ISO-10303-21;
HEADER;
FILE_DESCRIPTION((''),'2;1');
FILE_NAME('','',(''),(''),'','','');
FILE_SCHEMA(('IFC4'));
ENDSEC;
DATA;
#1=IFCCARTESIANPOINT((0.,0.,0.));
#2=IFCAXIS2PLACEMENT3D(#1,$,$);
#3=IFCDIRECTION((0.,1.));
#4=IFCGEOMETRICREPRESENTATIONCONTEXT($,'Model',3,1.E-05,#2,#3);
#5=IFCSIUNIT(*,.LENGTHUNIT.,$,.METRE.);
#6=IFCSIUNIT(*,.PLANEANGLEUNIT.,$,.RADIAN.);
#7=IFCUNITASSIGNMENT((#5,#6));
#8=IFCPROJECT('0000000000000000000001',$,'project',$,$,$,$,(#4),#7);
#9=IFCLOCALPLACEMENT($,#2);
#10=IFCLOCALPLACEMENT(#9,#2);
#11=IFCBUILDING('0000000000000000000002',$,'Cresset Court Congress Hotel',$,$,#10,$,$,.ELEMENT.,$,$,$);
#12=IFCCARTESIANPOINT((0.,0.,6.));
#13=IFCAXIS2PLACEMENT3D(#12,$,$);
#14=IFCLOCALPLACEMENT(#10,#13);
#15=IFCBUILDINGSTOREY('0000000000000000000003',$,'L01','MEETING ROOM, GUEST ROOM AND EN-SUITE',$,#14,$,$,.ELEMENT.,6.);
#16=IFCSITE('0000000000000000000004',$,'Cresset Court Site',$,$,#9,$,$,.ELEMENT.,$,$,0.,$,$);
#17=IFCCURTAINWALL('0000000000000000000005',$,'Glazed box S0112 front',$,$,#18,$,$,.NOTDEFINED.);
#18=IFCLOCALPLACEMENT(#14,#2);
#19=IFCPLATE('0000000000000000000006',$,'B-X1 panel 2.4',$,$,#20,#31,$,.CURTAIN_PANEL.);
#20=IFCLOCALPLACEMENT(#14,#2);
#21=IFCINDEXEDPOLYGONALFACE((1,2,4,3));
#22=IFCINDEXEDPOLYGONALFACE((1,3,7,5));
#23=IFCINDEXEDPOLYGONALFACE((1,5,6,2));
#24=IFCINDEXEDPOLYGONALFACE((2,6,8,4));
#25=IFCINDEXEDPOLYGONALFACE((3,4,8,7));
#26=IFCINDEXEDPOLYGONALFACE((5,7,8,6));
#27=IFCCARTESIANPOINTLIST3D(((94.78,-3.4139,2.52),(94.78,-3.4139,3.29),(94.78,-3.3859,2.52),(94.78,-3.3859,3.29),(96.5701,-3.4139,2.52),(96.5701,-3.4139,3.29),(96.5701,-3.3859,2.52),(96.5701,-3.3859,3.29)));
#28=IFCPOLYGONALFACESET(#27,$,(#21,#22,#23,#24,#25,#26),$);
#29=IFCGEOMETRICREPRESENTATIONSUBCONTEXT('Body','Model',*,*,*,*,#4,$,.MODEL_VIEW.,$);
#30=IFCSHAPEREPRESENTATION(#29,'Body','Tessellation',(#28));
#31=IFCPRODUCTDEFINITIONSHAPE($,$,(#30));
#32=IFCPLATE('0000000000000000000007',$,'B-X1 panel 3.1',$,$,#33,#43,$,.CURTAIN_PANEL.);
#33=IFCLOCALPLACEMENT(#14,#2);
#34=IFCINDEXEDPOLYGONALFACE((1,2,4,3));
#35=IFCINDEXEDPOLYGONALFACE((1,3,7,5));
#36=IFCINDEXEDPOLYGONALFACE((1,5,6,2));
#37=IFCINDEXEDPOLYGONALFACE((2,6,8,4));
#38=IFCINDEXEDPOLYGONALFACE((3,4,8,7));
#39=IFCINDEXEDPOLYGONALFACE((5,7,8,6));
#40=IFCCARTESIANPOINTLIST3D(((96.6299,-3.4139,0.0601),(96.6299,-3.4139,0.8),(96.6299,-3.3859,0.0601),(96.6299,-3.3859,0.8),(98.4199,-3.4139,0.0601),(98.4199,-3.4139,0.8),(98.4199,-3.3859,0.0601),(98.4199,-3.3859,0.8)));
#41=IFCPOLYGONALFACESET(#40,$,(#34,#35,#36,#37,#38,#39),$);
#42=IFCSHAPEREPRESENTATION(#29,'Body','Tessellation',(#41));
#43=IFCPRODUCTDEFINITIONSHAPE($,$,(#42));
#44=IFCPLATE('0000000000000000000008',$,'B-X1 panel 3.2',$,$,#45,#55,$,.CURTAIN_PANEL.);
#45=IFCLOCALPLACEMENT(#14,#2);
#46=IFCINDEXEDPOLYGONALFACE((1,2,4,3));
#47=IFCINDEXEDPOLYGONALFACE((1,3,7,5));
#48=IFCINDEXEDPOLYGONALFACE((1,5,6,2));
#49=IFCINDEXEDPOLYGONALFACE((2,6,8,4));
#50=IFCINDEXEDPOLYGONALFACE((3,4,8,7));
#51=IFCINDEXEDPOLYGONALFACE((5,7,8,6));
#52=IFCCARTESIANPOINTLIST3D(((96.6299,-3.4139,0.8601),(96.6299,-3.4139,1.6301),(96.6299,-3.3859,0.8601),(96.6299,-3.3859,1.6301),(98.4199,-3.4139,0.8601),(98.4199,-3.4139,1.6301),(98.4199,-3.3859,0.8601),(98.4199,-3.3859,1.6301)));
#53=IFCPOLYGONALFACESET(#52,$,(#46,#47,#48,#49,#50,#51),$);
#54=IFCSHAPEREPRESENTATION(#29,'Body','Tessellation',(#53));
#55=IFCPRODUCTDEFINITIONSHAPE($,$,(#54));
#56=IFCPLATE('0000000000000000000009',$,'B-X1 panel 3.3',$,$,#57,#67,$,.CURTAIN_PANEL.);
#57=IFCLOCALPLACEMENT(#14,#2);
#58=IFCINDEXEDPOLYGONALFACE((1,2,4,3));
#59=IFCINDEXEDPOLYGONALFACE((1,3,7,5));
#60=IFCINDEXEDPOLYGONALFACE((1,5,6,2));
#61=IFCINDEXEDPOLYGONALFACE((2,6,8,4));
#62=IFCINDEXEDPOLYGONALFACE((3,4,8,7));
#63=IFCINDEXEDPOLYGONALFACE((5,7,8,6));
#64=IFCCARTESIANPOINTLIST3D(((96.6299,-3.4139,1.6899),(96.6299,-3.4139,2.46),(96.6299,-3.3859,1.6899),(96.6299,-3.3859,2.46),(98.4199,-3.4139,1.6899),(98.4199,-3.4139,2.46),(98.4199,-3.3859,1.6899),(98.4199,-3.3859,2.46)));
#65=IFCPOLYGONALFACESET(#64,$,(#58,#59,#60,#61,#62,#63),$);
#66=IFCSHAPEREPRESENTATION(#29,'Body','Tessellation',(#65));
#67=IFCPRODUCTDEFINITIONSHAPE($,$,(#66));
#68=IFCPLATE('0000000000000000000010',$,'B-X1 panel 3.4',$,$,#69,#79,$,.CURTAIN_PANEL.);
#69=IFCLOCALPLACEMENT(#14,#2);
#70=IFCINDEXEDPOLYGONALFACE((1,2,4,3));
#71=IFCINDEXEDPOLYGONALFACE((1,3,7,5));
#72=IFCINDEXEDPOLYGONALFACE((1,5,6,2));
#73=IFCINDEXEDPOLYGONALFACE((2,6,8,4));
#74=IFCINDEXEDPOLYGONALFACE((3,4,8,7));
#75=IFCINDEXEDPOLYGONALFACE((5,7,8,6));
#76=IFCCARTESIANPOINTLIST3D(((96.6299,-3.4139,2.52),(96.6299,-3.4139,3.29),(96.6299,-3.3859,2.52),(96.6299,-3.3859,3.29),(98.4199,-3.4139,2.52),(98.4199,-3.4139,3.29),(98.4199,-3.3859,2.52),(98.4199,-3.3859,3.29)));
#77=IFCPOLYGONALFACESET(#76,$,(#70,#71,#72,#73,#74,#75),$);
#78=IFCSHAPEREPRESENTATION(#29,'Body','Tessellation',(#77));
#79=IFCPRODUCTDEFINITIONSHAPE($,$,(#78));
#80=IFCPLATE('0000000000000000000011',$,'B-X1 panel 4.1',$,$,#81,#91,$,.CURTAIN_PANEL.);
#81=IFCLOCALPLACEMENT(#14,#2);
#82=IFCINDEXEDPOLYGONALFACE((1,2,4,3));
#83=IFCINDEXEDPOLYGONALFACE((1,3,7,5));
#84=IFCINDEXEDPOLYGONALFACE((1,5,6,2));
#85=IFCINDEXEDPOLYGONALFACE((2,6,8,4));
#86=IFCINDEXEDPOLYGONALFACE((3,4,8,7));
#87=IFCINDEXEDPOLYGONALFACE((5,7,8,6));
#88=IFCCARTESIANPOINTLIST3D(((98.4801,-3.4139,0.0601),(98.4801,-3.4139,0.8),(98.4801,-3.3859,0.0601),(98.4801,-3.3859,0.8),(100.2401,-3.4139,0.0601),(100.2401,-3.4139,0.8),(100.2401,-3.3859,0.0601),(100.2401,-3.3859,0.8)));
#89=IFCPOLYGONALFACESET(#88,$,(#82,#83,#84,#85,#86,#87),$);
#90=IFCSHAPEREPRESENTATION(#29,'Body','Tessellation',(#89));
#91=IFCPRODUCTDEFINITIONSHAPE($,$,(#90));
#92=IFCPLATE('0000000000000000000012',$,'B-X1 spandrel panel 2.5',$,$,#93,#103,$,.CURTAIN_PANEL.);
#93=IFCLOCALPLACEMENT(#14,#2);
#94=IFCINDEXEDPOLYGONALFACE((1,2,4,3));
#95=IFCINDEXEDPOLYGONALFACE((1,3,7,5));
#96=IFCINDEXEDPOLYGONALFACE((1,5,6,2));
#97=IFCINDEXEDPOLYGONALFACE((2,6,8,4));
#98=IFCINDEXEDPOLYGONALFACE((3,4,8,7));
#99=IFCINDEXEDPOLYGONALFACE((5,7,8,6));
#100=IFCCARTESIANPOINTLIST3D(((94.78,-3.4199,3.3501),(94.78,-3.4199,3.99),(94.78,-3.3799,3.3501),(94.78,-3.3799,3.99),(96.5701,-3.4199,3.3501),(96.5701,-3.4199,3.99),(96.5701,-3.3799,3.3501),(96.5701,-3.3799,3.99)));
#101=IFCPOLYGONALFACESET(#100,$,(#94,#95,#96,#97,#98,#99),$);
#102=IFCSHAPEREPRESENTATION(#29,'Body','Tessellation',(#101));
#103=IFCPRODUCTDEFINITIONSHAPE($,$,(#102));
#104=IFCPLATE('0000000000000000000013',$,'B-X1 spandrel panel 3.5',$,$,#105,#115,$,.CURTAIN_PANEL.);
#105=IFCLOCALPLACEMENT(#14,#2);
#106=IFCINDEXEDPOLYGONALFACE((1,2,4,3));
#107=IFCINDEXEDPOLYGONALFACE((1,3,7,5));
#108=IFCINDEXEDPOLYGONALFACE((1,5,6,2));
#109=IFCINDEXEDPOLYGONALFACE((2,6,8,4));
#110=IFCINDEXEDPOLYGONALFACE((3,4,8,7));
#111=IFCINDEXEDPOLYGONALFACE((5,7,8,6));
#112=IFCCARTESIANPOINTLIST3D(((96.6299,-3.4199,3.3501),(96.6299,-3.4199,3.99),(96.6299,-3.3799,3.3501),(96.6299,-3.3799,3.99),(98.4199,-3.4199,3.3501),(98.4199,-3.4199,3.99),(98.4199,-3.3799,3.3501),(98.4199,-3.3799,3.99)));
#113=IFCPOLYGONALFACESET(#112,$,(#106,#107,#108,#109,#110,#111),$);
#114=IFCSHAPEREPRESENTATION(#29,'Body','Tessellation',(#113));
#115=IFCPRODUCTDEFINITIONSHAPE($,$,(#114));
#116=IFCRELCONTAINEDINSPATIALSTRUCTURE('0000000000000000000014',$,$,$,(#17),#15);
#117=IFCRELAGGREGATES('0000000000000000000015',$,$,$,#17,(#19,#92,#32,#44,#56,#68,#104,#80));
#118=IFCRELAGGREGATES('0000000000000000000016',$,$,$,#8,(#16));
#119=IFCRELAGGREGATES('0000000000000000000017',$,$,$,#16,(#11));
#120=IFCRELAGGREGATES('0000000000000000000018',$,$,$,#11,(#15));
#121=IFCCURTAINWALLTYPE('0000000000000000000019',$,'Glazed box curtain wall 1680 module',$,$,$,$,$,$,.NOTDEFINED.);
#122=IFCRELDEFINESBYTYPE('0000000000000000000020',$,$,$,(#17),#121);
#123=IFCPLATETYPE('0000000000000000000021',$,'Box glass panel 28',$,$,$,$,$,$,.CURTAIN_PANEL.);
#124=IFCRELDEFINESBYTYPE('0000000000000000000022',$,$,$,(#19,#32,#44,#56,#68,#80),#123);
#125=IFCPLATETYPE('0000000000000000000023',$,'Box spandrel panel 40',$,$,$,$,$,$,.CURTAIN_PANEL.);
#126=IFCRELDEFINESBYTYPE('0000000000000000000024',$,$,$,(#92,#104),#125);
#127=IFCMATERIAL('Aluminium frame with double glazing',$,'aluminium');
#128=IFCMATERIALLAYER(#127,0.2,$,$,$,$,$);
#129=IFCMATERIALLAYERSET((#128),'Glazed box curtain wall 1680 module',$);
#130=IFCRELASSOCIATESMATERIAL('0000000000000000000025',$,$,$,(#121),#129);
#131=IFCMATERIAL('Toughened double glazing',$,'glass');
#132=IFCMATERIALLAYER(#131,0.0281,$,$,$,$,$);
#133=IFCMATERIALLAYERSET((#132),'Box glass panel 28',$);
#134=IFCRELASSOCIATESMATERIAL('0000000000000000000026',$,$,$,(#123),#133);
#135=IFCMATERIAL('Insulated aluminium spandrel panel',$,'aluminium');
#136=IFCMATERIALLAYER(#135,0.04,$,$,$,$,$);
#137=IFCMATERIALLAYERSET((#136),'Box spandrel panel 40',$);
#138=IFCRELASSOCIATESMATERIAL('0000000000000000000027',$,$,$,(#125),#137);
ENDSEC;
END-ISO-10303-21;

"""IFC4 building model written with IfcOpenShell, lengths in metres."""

from ifc_helpers import new_model, si_unit, direction, frame, origin, origin_2d, place, context, subcontext, project, spatial, rectangle, extrude, material, layer, layer_set, type_object, element, aggregate, save


model = new_model("IFC4")

# Units and contexts
model_context = context("Model", 3, precision=1e-05, world=origin(), true_north=direction((0.0, 1.0)))
body_context = subcontext(model_context, "Body", "Model", "MODEL_VIEW")
ifc_project = project(units=[si_unit("LENGTHUNIT", "METRE"), si_unit("PLANEANGLEUNIT", "RADIAN")], contexts=[model_context])

# Site, building, storey
site_placement = place(None, origin())
site = spatial("IfcSite", under=ifc_project, at=site_placement, Name="Cresset Court Site", CompositionType="ELEMENT", RefElevation=0.0)
building_placement = place(site_placement, origin())
building = spatial("IfcBuilding", under=site, at=building_placement, Name="Cresset Court Congress Hotel", CompositionType="ELEMENT")
storey_placement = place(building_placement, frame((0.0, 0.0, 6.0)))
storey = spatial("IfcBuildingStorey", under=building, at=storey_placement, Name="L01", Description="MEETING ROOM, GUEST ROOM AND EN-SUITE", CompositionType="ELEMENT", Elevation=6.0)

# Curtain wall, plates
ifc_material_1 = material(Name="Aluminium frame with double glazing", Category="aluminium")
ifc_layer_1 = layer(ifc_material_1, 0.2)
ifc_layer_set_1 = layer_set([ifc_layer_1], Name="Glazed box curtain wall 1680 module")
curtain_wall_type = type_object("IfcCurtainWallType", Name="Glazed box curtain wall 1680 module", PredefinedType="NOTDEFINED", material=ifc_layer_set_1)
curtain_wall_placement = place(storey_placement, origin())
curtain_wall = element("IfcCurtainWall", 1, at=curtain_wall_placement, inside=storey, type_object=curtain_wall_type, Name="Glazed box S0112 front", PredefinedType="NOTDEFINED")
ifc_material_2 = material(Name="Toughened double glazing", Category="glass")
ifc_layer_2 = layer(ifc_material_2, 0.0281)
ifc_layer_set_2 = layer_set([ifc_layer_2], Name="Box glass panel 28")
plate_type_1 = type_object("IfcPlateType", Name="Box glass panel 28", PredefinedType="CURTAIN_PANEL", material=ifc_layer_set_2)
plate_1_placement = place(storey_placement, frame((95.675, -3.3999, 2.52), z_axis=(0.0, 0.0, 1.0), x_axis=(1.0, 0.0, 0.0)))
plate_1 = element("IfcPlate", 2, at=plate_1_placement, type_object=plate_type_1, Name="B-X1 panel 2.4", PredefinedType="CURTAIN_PANEL", context=body_context, shape_type="SweptSolid", body=[
    extrude(rectangle(XDim=1.79, YDim=0.0281, at=origin_2d()), origin(), (0.0, 0.0, 1.0), 0.77),
])
plate_2_placement = place(storey_placement, frame((97.5249, -3.3999, 0.0601), z_axis=(0.0, 0.0, 1.0), x_axis=(1.0, 0.0, 0.0)))
plate_2 = element("IfcPlate", 3, at=plate_2_placement, type_object=plate_type_1, Name="B-X1 panel 3.1", PredefinedType="CURTAIN_PANEL", context=body_context, shape_type="SweptSolid", body=[
    extrude(rectangle(XDim=1.79, YDim=0.0281, at=origin_2d()), origin(), (0.0, 0.0, 1.0), 0.74),
])
plate_3_placement = place(storey_placement, frame((97.5249, -3.3999, 0.8601), z_axis=(0.0, 0.0, 1.0), x_axis=(1.0, 0.0, 0.0)))
plate_3 = element("IfcPlate", 4, at=plate_3_placement, type_object=plate_type_1, Name="B-X1 panel 3.2", PredefinedType="CURTAIN_PANEL", context=body_context, shape_type="SweptSolid", body=[
    extrude(rectangle(XDim=1.79, YDim=0.0281, at=origin_2d()), origin(), (0.0, 0.0, 1.0), 0.77),
])
plate_4_placement = place(storey_placement, frame((97.5249, -3.3999, 1.6899), z_axis=(0.0, 0.0, 1.0), x_axis=(1.0, 0.0, 0.0)))
plate_4 = element("IfcPlate", 5, at=plate_4_placement, type_object=plate_type_1, Name="B-X1 panel 3.3", PredefinedType="CURTAIN_PANEL", context=body_context, shape_type="SweptSolid", body=[
    extrude(rectangle(XDim=1.79, YDim=0.0281, at=origin_2d()), origin(), (0.0, 0.0, 1.0), 0.77),
])
plate_5_placement = place(storey_placement, frame((97.5249, -3.3999, 2.52), z_axis=(0.0, 0.0, 1.0), x_axis=(1.0, 0.0, 0.0)))
plate_5 = element("IfcPlate", 6, at=plate_5_placement, type_object=plate_type_1, Name="B-X1 panel 3.4", PredefinedType="CURTAIN_PANEL", context=body_context, shape_type="SweptSolid", body=[
    extrude(rectangle(XDim=1.79, YDim=0.0281, at=origin_2d()), origin(), (0.0, 0.0, 1.0), 0.77),
])
plate_6_placement = place(storey_placement, frame((99.3601, -3.3999, 0.0601), z_axis=(0.0, 0.0, 1.0), x_axis=(1.0, 0.0, 0.0)))
plate_6 = element("IfcPlate", 7, at=plate_6_placement, type_object=plate_type_1, Name="B-X1 panel 4.1", PredefinedType="CURTAIN_PANEL", context=body_context, shape_type="SweptSolid", body=[
    extrude(rectangle(XDim=1.76, YDim=0.0281, at=origin_2d()), origin(), (0.0, 0.0, 1.0), 0.74),
])
ifc_material_3 = material(Name="Insulated aluminium spandrel panel", Category="aluminium")
ifc_layer_3 = layer(ifc_material_3, 0.04)
ifc_layer_set_3 = layer_set([ifc_layer_3], Name="Box spandrel panel 40")
plate_type_2 = type_object("IfcPlateType", Name="Box spandrel panel 40", PredefinedType="CURTAIN_PANEL", material=ifc_layer_set_3)
plate_7_placement = place(storey_placement, frame((95.675, -3.3999, 3.3501), z_axis=(0.0, 0.0, 1.0), x_axis=(1.0, 0.0, 0.0)))
plate_7 = element("IfcPlate", 8, at=plate_7_placement, type_object=plate_type_2, Name="B-X1 spandrel panel 2.5", PredefinedType="CURTAIN_PANEL", context=body_context, shape_type="SweptSolid", body=[
    extrude(rectangle(XDim=1.79, YDim=0.04, at=origin_2d()), origin(), (0.0, 0.0, 1.0), 0.6399),
])
plate_8_placement = place(storey_placement, frame((97.5249, -3.3999, 3.3501), z_axis=(0.0, 0.0, 1.0), x_axis=(1.0, 0.0, 0.0)))
plate_8 = element("IfcPlate", 9, at=plate_8_placement, type_object=plate_type_2, Name="B-X1 spandrel panel 3.5", PredefinedType="CURTAIN_PANEL", context=body_context, shape_type="SweptSolid", body=[
    extrude(rectangle(XDim=1.79, YDim=0.04, at=origin_2d()), origin(), (0.0, 0.0, 1.0), 0.6399),
])
aggregate(curtain_wall, [plate_1, plate_7, plate_2, plate_3, plate_4, plate_5, plate_8, plate_6])

save(model, "model.ifc")
